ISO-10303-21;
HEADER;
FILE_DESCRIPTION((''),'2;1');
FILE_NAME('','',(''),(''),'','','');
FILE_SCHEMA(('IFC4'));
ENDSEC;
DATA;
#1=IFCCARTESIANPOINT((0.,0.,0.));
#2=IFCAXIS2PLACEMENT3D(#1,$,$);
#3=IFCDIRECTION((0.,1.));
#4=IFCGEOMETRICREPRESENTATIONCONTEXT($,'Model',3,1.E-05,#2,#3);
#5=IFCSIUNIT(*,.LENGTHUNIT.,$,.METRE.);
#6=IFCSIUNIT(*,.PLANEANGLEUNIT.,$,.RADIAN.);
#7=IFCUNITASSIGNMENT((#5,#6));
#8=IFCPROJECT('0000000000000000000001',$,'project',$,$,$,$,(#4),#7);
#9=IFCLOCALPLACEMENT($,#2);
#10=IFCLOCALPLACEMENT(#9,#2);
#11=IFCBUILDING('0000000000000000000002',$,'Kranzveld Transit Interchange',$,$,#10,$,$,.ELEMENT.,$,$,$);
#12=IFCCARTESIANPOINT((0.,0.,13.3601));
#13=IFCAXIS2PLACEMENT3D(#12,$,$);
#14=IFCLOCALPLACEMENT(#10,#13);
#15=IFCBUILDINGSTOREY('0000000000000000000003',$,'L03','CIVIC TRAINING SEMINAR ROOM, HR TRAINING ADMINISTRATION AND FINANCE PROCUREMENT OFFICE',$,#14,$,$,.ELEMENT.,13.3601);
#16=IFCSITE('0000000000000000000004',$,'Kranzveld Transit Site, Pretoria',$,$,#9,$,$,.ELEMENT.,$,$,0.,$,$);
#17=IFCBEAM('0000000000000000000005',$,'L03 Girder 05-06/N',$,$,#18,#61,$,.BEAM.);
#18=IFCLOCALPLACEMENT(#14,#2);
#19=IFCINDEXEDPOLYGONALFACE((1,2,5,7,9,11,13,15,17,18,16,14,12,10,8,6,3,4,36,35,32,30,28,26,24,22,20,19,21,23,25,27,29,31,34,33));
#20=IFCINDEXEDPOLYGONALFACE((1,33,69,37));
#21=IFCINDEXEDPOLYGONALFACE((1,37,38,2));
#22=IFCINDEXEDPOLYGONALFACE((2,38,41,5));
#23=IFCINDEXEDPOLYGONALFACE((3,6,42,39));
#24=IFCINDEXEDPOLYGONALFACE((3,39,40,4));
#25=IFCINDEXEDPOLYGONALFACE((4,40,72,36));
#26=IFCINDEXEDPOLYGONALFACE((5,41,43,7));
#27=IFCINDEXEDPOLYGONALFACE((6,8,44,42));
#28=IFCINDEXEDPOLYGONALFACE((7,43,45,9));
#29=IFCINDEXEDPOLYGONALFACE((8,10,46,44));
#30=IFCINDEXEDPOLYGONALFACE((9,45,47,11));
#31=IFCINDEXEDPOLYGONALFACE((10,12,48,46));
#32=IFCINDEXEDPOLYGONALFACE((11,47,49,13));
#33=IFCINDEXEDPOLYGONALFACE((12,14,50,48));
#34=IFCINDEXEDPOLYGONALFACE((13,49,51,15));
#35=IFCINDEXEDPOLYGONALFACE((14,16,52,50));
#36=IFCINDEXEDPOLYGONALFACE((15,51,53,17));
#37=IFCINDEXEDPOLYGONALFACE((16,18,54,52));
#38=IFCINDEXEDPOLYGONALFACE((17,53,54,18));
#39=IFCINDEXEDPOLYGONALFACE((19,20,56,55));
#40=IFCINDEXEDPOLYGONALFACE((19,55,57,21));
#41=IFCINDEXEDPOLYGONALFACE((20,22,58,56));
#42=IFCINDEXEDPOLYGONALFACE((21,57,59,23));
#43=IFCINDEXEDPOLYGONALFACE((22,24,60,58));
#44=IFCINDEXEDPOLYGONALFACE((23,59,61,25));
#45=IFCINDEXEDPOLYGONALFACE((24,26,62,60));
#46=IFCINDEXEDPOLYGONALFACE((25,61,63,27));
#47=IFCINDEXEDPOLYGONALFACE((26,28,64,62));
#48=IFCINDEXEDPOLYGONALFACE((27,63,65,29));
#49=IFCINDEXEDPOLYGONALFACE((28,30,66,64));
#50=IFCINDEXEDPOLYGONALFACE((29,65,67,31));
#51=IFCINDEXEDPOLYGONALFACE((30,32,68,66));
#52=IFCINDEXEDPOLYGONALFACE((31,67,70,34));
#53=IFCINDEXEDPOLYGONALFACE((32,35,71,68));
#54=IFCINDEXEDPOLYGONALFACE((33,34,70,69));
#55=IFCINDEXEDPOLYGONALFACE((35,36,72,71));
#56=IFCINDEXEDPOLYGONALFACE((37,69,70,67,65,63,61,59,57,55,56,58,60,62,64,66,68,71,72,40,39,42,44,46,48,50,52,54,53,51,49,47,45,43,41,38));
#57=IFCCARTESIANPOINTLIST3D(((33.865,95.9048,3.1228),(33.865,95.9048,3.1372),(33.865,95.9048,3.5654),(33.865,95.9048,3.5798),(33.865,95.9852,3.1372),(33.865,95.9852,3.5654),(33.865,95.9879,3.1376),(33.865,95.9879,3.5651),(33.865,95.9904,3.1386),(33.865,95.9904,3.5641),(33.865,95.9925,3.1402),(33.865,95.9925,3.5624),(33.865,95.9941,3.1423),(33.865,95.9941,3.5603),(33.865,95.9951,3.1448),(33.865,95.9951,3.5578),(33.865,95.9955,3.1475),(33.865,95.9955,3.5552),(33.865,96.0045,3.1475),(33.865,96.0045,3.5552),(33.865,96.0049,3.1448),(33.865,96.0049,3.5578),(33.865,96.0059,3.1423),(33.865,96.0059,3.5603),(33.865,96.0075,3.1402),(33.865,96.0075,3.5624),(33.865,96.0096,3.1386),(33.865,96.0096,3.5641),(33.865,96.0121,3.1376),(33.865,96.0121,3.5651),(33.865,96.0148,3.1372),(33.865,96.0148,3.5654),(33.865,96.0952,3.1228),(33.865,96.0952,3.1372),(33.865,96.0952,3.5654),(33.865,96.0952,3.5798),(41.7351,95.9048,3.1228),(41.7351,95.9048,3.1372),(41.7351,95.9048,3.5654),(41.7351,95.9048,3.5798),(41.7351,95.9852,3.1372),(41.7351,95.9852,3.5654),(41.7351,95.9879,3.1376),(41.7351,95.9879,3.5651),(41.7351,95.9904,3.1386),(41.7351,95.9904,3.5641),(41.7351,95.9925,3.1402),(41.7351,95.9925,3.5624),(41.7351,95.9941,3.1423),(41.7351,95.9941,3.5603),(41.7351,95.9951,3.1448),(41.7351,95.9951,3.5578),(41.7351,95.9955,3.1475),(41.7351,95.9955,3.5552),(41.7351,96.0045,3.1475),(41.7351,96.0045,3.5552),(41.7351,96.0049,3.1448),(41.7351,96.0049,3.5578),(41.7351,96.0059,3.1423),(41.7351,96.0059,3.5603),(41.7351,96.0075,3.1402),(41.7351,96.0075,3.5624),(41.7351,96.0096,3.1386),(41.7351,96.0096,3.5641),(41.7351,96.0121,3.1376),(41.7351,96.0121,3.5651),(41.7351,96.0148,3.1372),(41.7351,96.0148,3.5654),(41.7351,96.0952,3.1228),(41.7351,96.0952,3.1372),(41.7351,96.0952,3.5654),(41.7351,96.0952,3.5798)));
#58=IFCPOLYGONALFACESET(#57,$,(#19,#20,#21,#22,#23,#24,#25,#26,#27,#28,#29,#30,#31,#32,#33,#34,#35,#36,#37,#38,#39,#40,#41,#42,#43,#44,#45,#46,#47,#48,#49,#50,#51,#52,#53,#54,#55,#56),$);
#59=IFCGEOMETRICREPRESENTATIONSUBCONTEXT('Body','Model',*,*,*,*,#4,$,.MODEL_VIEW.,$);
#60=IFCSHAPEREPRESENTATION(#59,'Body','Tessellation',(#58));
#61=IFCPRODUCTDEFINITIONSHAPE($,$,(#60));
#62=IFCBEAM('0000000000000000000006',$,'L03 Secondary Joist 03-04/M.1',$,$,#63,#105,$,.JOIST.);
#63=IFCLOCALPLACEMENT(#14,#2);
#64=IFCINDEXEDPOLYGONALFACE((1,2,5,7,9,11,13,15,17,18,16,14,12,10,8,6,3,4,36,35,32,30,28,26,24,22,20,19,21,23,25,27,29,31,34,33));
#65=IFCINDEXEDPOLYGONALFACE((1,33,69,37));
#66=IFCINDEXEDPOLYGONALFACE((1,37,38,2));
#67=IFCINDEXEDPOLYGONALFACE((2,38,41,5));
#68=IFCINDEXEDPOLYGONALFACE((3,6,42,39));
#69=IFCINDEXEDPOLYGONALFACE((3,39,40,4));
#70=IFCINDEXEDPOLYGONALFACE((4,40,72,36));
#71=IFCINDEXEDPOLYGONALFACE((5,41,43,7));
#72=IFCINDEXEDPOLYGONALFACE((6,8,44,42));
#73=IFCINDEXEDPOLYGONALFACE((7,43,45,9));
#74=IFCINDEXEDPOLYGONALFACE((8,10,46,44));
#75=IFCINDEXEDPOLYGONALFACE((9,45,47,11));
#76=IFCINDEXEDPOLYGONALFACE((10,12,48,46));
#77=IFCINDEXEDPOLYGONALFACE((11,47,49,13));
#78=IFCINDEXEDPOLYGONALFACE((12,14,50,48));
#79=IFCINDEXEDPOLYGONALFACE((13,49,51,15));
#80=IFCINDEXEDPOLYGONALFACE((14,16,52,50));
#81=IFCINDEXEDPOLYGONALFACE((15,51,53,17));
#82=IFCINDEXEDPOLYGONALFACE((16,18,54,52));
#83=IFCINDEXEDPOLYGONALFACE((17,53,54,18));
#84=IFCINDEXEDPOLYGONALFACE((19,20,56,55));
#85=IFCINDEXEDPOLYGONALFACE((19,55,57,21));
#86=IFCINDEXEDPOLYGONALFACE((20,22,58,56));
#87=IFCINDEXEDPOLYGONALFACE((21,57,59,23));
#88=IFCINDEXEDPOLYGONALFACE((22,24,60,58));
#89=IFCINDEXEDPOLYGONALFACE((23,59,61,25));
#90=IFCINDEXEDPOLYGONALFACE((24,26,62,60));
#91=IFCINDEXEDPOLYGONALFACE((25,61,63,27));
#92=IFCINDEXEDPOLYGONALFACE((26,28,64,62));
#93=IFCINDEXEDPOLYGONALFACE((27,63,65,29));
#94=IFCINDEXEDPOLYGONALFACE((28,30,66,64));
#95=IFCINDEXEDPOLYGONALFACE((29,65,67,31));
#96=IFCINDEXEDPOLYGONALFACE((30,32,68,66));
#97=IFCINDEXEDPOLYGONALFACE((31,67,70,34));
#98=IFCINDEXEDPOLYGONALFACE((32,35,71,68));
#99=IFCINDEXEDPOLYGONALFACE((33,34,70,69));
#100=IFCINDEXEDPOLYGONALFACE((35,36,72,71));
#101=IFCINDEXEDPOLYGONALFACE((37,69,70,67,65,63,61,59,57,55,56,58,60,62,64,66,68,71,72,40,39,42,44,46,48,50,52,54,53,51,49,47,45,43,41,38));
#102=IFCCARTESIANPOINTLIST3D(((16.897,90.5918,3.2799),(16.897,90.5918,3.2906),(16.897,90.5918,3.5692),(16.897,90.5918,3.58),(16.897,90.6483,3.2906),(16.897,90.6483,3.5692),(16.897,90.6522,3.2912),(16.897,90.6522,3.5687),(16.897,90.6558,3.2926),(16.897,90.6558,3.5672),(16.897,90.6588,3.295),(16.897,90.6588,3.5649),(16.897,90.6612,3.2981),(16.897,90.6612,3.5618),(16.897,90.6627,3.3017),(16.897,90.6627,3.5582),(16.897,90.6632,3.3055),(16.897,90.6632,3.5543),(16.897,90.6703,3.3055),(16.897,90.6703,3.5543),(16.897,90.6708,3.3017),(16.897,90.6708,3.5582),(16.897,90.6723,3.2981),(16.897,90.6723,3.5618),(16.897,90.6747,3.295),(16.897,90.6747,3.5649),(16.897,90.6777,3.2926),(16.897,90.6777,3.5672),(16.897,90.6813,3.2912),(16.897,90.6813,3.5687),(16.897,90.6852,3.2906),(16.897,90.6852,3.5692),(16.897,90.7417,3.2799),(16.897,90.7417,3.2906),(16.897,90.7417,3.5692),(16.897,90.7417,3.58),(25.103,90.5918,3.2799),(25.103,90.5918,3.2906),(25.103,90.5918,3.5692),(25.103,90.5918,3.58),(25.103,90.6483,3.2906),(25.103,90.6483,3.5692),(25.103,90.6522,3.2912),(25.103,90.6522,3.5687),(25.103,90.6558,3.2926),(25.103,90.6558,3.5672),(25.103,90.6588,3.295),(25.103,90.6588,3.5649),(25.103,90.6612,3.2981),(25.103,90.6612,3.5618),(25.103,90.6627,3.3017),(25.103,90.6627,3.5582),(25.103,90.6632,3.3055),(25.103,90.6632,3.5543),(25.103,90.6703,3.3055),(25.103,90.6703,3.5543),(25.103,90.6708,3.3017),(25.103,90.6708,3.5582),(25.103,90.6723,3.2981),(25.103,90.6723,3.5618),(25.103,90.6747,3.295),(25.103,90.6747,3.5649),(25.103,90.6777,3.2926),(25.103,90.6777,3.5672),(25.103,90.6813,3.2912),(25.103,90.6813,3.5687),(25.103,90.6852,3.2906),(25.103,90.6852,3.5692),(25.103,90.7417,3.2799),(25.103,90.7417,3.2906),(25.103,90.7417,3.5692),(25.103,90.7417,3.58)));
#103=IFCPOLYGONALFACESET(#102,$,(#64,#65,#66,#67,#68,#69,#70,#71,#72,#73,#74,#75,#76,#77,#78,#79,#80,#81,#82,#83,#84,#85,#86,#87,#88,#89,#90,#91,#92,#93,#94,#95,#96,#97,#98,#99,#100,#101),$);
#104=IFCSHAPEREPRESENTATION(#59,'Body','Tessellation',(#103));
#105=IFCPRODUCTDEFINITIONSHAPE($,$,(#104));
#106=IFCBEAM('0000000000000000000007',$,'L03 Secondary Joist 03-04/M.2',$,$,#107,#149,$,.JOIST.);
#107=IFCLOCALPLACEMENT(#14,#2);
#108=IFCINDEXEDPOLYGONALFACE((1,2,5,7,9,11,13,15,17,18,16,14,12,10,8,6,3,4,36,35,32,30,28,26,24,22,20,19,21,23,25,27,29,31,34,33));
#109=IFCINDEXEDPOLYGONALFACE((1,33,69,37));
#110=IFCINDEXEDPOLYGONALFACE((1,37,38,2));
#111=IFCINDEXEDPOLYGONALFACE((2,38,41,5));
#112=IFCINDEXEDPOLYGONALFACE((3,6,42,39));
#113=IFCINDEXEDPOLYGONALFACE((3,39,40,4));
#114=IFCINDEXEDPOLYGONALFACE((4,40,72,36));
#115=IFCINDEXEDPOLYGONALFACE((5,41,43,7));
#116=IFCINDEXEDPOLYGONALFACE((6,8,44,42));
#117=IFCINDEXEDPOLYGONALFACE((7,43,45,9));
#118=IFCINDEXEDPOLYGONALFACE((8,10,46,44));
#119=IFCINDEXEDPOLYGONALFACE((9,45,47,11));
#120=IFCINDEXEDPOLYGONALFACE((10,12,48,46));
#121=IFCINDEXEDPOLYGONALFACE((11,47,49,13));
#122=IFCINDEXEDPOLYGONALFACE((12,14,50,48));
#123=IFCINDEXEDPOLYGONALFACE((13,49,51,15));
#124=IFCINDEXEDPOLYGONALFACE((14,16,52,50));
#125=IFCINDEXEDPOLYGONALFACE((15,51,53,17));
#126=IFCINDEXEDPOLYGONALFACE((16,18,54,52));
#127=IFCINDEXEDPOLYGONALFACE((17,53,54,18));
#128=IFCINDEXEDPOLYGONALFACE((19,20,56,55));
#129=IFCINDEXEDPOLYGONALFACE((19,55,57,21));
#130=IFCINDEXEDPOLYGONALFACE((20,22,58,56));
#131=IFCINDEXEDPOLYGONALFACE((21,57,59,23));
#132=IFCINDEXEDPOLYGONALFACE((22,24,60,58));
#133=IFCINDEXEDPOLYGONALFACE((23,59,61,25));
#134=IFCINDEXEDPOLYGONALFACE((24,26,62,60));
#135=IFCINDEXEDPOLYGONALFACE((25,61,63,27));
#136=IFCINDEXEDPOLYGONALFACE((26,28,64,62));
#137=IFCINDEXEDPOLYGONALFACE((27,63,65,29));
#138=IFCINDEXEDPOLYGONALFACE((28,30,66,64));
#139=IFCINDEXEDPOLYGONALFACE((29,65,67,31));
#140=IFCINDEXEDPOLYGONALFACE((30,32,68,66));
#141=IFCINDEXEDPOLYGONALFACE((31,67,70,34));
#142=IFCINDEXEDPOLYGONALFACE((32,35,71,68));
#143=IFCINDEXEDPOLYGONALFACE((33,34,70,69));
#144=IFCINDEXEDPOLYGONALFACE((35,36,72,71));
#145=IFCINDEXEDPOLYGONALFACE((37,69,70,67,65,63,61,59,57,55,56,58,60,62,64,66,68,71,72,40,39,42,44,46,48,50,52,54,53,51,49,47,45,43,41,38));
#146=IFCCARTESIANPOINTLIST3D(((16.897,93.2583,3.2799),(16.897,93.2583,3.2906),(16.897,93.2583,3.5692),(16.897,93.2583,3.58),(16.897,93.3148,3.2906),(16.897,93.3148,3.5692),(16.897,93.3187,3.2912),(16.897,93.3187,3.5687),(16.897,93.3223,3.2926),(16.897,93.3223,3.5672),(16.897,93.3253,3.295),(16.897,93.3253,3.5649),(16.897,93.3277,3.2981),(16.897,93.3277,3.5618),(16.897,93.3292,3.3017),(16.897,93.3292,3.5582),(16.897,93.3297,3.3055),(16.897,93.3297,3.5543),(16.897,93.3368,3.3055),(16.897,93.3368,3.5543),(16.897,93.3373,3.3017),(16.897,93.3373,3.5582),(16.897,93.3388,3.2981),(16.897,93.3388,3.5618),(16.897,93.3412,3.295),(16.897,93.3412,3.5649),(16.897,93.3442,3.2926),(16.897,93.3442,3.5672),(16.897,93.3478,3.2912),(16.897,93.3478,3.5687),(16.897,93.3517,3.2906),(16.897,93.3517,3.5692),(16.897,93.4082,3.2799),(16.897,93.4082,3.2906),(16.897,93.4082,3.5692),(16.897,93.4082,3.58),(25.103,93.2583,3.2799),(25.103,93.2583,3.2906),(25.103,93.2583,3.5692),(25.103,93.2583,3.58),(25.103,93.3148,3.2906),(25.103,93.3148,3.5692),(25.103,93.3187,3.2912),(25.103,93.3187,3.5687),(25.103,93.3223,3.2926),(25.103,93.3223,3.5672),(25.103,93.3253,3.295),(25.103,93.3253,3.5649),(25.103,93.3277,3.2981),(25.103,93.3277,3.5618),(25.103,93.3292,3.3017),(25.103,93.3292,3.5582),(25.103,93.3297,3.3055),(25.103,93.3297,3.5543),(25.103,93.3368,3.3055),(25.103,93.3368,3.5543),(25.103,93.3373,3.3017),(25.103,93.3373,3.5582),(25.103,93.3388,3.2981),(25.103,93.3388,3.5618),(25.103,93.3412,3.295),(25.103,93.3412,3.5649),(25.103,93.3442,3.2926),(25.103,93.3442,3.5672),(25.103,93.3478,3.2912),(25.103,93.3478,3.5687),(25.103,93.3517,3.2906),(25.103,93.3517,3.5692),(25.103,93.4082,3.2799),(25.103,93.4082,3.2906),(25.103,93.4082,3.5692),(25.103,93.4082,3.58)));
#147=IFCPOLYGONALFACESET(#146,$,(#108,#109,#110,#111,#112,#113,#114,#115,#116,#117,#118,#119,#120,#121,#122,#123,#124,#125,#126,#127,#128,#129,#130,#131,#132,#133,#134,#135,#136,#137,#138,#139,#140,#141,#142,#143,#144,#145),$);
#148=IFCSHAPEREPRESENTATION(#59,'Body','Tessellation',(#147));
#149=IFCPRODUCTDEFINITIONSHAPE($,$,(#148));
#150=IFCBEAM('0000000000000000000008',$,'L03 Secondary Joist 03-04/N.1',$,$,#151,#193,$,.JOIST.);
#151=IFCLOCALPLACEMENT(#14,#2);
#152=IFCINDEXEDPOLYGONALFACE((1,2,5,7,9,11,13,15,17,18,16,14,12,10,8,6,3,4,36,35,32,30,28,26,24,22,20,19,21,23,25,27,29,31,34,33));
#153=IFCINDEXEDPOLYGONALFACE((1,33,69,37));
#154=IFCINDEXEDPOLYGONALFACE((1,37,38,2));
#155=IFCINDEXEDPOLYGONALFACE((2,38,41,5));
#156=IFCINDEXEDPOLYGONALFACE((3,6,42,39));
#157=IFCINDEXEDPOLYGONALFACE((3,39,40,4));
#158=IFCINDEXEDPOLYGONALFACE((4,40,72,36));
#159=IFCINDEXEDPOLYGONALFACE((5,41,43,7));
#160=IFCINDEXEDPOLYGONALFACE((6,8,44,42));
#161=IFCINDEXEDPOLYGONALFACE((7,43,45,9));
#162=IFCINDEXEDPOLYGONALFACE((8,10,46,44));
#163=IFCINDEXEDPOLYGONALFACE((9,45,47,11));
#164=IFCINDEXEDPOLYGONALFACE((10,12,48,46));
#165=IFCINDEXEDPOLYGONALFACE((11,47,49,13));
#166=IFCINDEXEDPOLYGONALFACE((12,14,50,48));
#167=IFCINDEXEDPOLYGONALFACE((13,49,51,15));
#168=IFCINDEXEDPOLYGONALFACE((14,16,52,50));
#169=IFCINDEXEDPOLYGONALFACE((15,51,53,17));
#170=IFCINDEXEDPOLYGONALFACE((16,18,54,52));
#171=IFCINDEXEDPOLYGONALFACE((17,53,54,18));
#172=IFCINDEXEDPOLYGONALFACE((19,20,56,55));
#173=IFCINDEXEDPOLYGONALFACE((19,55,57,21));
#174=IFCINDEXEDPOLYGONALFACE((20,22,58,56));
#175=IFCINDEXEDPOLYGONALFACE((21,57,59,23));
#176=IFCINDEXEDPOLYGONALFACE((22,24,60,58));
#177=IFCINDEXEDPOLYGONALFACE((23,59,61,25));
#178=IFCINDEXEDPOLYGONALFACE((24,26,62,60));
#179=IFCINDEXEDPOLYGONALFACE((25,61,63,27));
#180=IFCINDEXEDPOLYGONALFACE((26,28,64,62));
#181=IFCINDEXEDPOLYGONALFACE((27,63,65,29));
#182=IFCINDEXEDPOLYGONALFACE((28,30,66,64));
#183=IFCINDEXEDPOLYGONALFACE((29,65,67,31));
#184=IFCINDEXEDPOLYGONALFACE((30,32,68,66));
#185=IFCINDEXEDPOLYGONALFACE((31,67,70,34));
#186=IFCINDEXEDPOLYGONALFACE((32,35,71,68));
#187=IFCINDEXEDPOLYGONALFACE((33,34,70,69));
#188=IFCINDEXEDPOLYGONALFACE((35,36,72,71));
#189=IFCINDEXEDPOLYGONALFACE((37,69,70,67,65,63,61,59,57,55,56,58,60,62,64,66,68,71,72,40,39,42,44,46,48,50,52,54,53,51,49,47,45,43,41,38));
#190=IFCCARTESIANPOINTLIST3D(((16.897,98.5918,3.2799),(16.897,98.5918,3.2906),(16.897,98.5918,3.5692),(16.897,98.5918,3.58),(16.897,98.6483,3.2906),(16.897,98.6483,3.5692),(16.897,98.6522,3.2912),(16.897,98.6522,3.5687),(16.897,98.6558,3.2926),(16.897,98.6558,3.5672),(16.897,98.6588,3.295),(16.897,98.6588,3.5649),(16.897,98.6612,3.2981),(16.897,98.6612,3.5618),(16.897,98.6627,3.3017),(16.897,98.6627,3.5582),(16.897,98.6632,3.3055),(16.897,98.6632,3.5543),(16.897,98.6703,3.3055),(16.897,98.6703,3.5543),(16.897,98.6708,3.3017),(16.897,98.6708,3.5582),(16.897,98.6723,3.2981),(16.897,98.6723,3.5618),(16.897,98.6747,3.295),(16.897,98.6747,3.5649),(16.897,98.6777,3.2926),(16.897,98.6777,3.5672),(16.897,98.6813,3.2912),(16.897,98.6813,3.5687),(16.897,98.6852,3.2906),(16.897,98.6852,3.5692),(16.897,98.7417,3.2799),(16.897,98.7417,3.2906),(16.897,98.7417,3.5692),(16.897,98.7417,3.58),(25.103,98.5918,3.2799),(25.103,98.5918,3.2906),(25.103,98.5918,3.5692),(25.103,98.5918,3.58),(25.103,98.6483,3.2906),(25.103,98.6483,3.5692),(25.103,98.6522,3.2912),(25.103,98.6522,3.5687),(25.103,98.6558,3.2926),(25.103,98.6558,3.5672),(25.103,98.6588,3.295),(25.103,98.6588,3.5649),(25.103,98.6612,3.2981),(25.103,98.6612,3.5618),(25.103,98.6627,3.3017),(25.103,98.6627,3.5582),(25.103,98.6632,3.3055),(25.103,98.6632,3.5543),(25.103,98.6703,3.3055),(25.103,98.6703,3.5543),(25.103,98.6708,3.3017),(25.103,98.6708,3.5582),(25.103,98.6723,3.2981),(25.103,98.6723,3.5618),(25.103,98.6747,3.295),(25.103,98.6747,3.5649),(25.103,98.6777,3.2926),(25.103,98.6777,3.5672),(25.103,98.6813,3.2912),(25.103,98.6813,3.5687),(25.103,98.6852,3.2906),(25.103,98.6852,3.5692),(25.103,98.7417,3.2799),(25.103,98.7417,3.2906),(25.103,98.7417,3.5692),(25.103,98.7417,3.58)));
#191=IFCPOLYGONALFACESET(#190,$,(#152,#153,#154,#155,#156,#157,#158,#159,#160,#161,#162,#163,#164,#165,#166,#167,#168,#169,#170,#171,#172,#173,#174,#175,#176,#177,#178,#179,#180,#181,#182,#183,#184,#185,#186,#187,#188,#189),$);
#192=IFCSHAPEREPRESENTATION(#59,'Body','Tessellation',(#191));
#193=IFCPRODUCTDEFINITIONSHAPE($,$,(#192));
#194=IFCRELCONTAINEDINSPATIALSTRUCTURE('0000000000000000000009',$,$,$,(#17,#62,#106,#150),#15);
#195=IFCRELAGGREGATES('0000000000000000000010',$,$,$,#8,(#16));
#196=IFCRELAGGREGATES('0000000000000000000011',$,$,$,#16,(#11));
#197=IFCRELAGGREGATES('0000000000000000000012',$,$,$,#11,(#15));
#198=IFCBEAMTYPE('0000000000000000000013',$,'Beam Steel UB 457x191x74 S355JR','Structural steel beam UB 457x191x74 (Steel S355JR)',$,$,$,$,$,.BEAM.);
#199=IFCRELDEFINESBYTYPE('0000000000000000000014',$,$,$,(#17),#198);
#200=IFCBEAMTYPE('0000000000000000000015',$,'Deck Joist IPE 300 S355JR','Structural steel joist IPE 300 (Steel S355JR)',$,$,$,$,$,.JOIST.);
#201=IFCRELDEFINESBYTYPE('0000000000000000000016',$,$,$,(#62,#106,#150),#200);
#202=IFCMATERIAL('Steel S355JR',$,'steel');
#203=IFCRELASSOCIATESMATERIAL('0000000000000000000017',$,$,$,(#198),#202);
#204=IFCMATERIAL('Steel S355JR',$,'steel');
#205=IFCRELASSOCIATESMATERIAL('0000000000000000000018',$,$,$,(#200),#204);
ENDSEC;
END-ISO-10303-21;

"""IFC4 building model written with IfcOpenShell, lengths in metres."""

from ifc_helpers import new_model, si_unit, direction, frame, origin, origin_2d, place, context, subcontext, project, spatial, i_section, extrude, material, material_profile, profile_set, type_object, element, save


model = new_model("IFC4")

# Units and contexts
model_context = context("Model", 3, precision=1e-05, world=origin(), true_north=direction((0.0, 1.0)))
body_context = subcontext(model_context, "Body", "Model", "MODEL_VIEW")
ifc_project = project(units=[si_unit("LENGTHUNIT", "METRE"), si_unit("PLANEANGLEUNIT", "RADIAN")], contexts=[model_context])

# Site, building, storey
site_placement = place(None, origin())
site = spatial("IfcSite", under=ifc_project, at=site_placement, Name="Kranzveld Transit Site, Pretoria", CompositionType="ELEMENT", RefElevation=0.0)
building_placement = place(site_placement, origin())
building = spatial("IfcBuilding", under=site, at=building_placement, Name="Kranzveld Transit Interchange", CompositionType="ELEMENT")
storey_placement = place(building_placement, frame((0.0, 0.0, 13.3601)))
storey = spatial("IfcBuildingStorey", under=building, at=storey_placement, Name="L03", Description="CIVIC TRAINING SEMINAR ROOM, HR TRAINING ADMINISTRATION AND FINANCE PROCUREMENT OFFICE", CompositionType="ELEMENT", Elevation=13.3601)

# Beams
ifc_material_1 = material(Name="Steel S355JR", Category="steel")
ifc_material_profile_1 = material_profile(ifc_material_1, i_section(OverallWidth=0.1904, OverallDepth=0.457, WebThickness=0.009, FlangeThickness=0.0144, FilletRadius=0.0103, at=origin_2d()), Name="UB 457x191x74")
ifc_profile_set_1 = profile_set([ifc_material_profile_1], Name="Steel S355JR")
beam_type_1 = type_object("IfcBeamType", Name="Beam Steel UB 457x191x74 S355JR", Description="Structural steel beam UB 457x191x74 (Steel S355JR)", PredefinedType="BEAM", material=ifc_profile_set_1)
beam_1_placement = place(storey_placement, frame((33.865, 96.0, 3.3513), z_axis=(1.0, 0.0, 0.0), x_axis=(0.0, 1.0, 0.0)))
element("IfcBeam", 1, at=beam_1_placement, inside=storey, type_object=beam_type_1, Name="L03 Girder 05-06/N", PredefinedType="BEAM", context=body_context, shape_type="SweptSolid", body=[
    extrude(i_section(OverallWidth=0.1904, OverallDepth=0.457, WebThickness=0.009, FlangeThickness=0.0144, FilletRadius=0.0103, at=origin_2d()), origin(), (0.0, 0.0, 1.0), 7.8701),
])
ifc_material_2 = material(Name="Steel S355JR", Category="steel")
ifc_material_profile_2 = material_profile(ifc_material_2, i_section(OverallWidth=0.1499, OverallDepth=0.3, WebThickness=0.0071, FlangeThickness=0.0107, FilletRadius=0.0149, at=origin_2d()), Name="IPE 300")
ifc_profile_set_2 = profile_set([ifc_material_profile_2], Name="Steel S355JR")
beam_type_2 = type_object("IfcBeamType", Name="Deck Joist IPE 300 S355JR", Description="Structural steel joist IPE 300 (Steel S355JR)", PredefinedType="JOIST", material=ifc_profile_set_2)
for number, where, z_axis, x_axis, name in (
    (2, (16.897, 90.6667, 3.4299), (1.0, 0.0, 0.0), (0.0, 1.0, 0.0), "L03 Secondary Joist 03-04/M.1"),
    (3, (16.897, 93.3333, 3.4299), (1.0, 0.0, 0.0), (0.0, 1.0, 0.0), "L03 Secondary Joist 03-04/M.2"),
    (4, (16.897, 98.6667, 3.4299), (1.0, 0.0, 0.0), (0.0, 1.0, 0.0), "L03 Secondary Joist 03-04/N.1"),
):
    element("IfcBeam", number, at=place(storey_placement, frame(where, z_axis=z_axis, x_axis=x_axis)), inside=storey, type_object=beam_type_2, Name=name, PredefinedType="JOIST", context=body_context, shape_type="SweptSolid", body=[
        extrude(i_section(OverallWidth=0.1499, OverallDepth=0.3, WebThickness=0.0071, FlangeThickness=0.0107, FilletRadius=0.0149, at=origin_2d()), origin(), (0.0, 0.0, 1.0), 8.2061),
    ])

save(model, "model.ifc")
